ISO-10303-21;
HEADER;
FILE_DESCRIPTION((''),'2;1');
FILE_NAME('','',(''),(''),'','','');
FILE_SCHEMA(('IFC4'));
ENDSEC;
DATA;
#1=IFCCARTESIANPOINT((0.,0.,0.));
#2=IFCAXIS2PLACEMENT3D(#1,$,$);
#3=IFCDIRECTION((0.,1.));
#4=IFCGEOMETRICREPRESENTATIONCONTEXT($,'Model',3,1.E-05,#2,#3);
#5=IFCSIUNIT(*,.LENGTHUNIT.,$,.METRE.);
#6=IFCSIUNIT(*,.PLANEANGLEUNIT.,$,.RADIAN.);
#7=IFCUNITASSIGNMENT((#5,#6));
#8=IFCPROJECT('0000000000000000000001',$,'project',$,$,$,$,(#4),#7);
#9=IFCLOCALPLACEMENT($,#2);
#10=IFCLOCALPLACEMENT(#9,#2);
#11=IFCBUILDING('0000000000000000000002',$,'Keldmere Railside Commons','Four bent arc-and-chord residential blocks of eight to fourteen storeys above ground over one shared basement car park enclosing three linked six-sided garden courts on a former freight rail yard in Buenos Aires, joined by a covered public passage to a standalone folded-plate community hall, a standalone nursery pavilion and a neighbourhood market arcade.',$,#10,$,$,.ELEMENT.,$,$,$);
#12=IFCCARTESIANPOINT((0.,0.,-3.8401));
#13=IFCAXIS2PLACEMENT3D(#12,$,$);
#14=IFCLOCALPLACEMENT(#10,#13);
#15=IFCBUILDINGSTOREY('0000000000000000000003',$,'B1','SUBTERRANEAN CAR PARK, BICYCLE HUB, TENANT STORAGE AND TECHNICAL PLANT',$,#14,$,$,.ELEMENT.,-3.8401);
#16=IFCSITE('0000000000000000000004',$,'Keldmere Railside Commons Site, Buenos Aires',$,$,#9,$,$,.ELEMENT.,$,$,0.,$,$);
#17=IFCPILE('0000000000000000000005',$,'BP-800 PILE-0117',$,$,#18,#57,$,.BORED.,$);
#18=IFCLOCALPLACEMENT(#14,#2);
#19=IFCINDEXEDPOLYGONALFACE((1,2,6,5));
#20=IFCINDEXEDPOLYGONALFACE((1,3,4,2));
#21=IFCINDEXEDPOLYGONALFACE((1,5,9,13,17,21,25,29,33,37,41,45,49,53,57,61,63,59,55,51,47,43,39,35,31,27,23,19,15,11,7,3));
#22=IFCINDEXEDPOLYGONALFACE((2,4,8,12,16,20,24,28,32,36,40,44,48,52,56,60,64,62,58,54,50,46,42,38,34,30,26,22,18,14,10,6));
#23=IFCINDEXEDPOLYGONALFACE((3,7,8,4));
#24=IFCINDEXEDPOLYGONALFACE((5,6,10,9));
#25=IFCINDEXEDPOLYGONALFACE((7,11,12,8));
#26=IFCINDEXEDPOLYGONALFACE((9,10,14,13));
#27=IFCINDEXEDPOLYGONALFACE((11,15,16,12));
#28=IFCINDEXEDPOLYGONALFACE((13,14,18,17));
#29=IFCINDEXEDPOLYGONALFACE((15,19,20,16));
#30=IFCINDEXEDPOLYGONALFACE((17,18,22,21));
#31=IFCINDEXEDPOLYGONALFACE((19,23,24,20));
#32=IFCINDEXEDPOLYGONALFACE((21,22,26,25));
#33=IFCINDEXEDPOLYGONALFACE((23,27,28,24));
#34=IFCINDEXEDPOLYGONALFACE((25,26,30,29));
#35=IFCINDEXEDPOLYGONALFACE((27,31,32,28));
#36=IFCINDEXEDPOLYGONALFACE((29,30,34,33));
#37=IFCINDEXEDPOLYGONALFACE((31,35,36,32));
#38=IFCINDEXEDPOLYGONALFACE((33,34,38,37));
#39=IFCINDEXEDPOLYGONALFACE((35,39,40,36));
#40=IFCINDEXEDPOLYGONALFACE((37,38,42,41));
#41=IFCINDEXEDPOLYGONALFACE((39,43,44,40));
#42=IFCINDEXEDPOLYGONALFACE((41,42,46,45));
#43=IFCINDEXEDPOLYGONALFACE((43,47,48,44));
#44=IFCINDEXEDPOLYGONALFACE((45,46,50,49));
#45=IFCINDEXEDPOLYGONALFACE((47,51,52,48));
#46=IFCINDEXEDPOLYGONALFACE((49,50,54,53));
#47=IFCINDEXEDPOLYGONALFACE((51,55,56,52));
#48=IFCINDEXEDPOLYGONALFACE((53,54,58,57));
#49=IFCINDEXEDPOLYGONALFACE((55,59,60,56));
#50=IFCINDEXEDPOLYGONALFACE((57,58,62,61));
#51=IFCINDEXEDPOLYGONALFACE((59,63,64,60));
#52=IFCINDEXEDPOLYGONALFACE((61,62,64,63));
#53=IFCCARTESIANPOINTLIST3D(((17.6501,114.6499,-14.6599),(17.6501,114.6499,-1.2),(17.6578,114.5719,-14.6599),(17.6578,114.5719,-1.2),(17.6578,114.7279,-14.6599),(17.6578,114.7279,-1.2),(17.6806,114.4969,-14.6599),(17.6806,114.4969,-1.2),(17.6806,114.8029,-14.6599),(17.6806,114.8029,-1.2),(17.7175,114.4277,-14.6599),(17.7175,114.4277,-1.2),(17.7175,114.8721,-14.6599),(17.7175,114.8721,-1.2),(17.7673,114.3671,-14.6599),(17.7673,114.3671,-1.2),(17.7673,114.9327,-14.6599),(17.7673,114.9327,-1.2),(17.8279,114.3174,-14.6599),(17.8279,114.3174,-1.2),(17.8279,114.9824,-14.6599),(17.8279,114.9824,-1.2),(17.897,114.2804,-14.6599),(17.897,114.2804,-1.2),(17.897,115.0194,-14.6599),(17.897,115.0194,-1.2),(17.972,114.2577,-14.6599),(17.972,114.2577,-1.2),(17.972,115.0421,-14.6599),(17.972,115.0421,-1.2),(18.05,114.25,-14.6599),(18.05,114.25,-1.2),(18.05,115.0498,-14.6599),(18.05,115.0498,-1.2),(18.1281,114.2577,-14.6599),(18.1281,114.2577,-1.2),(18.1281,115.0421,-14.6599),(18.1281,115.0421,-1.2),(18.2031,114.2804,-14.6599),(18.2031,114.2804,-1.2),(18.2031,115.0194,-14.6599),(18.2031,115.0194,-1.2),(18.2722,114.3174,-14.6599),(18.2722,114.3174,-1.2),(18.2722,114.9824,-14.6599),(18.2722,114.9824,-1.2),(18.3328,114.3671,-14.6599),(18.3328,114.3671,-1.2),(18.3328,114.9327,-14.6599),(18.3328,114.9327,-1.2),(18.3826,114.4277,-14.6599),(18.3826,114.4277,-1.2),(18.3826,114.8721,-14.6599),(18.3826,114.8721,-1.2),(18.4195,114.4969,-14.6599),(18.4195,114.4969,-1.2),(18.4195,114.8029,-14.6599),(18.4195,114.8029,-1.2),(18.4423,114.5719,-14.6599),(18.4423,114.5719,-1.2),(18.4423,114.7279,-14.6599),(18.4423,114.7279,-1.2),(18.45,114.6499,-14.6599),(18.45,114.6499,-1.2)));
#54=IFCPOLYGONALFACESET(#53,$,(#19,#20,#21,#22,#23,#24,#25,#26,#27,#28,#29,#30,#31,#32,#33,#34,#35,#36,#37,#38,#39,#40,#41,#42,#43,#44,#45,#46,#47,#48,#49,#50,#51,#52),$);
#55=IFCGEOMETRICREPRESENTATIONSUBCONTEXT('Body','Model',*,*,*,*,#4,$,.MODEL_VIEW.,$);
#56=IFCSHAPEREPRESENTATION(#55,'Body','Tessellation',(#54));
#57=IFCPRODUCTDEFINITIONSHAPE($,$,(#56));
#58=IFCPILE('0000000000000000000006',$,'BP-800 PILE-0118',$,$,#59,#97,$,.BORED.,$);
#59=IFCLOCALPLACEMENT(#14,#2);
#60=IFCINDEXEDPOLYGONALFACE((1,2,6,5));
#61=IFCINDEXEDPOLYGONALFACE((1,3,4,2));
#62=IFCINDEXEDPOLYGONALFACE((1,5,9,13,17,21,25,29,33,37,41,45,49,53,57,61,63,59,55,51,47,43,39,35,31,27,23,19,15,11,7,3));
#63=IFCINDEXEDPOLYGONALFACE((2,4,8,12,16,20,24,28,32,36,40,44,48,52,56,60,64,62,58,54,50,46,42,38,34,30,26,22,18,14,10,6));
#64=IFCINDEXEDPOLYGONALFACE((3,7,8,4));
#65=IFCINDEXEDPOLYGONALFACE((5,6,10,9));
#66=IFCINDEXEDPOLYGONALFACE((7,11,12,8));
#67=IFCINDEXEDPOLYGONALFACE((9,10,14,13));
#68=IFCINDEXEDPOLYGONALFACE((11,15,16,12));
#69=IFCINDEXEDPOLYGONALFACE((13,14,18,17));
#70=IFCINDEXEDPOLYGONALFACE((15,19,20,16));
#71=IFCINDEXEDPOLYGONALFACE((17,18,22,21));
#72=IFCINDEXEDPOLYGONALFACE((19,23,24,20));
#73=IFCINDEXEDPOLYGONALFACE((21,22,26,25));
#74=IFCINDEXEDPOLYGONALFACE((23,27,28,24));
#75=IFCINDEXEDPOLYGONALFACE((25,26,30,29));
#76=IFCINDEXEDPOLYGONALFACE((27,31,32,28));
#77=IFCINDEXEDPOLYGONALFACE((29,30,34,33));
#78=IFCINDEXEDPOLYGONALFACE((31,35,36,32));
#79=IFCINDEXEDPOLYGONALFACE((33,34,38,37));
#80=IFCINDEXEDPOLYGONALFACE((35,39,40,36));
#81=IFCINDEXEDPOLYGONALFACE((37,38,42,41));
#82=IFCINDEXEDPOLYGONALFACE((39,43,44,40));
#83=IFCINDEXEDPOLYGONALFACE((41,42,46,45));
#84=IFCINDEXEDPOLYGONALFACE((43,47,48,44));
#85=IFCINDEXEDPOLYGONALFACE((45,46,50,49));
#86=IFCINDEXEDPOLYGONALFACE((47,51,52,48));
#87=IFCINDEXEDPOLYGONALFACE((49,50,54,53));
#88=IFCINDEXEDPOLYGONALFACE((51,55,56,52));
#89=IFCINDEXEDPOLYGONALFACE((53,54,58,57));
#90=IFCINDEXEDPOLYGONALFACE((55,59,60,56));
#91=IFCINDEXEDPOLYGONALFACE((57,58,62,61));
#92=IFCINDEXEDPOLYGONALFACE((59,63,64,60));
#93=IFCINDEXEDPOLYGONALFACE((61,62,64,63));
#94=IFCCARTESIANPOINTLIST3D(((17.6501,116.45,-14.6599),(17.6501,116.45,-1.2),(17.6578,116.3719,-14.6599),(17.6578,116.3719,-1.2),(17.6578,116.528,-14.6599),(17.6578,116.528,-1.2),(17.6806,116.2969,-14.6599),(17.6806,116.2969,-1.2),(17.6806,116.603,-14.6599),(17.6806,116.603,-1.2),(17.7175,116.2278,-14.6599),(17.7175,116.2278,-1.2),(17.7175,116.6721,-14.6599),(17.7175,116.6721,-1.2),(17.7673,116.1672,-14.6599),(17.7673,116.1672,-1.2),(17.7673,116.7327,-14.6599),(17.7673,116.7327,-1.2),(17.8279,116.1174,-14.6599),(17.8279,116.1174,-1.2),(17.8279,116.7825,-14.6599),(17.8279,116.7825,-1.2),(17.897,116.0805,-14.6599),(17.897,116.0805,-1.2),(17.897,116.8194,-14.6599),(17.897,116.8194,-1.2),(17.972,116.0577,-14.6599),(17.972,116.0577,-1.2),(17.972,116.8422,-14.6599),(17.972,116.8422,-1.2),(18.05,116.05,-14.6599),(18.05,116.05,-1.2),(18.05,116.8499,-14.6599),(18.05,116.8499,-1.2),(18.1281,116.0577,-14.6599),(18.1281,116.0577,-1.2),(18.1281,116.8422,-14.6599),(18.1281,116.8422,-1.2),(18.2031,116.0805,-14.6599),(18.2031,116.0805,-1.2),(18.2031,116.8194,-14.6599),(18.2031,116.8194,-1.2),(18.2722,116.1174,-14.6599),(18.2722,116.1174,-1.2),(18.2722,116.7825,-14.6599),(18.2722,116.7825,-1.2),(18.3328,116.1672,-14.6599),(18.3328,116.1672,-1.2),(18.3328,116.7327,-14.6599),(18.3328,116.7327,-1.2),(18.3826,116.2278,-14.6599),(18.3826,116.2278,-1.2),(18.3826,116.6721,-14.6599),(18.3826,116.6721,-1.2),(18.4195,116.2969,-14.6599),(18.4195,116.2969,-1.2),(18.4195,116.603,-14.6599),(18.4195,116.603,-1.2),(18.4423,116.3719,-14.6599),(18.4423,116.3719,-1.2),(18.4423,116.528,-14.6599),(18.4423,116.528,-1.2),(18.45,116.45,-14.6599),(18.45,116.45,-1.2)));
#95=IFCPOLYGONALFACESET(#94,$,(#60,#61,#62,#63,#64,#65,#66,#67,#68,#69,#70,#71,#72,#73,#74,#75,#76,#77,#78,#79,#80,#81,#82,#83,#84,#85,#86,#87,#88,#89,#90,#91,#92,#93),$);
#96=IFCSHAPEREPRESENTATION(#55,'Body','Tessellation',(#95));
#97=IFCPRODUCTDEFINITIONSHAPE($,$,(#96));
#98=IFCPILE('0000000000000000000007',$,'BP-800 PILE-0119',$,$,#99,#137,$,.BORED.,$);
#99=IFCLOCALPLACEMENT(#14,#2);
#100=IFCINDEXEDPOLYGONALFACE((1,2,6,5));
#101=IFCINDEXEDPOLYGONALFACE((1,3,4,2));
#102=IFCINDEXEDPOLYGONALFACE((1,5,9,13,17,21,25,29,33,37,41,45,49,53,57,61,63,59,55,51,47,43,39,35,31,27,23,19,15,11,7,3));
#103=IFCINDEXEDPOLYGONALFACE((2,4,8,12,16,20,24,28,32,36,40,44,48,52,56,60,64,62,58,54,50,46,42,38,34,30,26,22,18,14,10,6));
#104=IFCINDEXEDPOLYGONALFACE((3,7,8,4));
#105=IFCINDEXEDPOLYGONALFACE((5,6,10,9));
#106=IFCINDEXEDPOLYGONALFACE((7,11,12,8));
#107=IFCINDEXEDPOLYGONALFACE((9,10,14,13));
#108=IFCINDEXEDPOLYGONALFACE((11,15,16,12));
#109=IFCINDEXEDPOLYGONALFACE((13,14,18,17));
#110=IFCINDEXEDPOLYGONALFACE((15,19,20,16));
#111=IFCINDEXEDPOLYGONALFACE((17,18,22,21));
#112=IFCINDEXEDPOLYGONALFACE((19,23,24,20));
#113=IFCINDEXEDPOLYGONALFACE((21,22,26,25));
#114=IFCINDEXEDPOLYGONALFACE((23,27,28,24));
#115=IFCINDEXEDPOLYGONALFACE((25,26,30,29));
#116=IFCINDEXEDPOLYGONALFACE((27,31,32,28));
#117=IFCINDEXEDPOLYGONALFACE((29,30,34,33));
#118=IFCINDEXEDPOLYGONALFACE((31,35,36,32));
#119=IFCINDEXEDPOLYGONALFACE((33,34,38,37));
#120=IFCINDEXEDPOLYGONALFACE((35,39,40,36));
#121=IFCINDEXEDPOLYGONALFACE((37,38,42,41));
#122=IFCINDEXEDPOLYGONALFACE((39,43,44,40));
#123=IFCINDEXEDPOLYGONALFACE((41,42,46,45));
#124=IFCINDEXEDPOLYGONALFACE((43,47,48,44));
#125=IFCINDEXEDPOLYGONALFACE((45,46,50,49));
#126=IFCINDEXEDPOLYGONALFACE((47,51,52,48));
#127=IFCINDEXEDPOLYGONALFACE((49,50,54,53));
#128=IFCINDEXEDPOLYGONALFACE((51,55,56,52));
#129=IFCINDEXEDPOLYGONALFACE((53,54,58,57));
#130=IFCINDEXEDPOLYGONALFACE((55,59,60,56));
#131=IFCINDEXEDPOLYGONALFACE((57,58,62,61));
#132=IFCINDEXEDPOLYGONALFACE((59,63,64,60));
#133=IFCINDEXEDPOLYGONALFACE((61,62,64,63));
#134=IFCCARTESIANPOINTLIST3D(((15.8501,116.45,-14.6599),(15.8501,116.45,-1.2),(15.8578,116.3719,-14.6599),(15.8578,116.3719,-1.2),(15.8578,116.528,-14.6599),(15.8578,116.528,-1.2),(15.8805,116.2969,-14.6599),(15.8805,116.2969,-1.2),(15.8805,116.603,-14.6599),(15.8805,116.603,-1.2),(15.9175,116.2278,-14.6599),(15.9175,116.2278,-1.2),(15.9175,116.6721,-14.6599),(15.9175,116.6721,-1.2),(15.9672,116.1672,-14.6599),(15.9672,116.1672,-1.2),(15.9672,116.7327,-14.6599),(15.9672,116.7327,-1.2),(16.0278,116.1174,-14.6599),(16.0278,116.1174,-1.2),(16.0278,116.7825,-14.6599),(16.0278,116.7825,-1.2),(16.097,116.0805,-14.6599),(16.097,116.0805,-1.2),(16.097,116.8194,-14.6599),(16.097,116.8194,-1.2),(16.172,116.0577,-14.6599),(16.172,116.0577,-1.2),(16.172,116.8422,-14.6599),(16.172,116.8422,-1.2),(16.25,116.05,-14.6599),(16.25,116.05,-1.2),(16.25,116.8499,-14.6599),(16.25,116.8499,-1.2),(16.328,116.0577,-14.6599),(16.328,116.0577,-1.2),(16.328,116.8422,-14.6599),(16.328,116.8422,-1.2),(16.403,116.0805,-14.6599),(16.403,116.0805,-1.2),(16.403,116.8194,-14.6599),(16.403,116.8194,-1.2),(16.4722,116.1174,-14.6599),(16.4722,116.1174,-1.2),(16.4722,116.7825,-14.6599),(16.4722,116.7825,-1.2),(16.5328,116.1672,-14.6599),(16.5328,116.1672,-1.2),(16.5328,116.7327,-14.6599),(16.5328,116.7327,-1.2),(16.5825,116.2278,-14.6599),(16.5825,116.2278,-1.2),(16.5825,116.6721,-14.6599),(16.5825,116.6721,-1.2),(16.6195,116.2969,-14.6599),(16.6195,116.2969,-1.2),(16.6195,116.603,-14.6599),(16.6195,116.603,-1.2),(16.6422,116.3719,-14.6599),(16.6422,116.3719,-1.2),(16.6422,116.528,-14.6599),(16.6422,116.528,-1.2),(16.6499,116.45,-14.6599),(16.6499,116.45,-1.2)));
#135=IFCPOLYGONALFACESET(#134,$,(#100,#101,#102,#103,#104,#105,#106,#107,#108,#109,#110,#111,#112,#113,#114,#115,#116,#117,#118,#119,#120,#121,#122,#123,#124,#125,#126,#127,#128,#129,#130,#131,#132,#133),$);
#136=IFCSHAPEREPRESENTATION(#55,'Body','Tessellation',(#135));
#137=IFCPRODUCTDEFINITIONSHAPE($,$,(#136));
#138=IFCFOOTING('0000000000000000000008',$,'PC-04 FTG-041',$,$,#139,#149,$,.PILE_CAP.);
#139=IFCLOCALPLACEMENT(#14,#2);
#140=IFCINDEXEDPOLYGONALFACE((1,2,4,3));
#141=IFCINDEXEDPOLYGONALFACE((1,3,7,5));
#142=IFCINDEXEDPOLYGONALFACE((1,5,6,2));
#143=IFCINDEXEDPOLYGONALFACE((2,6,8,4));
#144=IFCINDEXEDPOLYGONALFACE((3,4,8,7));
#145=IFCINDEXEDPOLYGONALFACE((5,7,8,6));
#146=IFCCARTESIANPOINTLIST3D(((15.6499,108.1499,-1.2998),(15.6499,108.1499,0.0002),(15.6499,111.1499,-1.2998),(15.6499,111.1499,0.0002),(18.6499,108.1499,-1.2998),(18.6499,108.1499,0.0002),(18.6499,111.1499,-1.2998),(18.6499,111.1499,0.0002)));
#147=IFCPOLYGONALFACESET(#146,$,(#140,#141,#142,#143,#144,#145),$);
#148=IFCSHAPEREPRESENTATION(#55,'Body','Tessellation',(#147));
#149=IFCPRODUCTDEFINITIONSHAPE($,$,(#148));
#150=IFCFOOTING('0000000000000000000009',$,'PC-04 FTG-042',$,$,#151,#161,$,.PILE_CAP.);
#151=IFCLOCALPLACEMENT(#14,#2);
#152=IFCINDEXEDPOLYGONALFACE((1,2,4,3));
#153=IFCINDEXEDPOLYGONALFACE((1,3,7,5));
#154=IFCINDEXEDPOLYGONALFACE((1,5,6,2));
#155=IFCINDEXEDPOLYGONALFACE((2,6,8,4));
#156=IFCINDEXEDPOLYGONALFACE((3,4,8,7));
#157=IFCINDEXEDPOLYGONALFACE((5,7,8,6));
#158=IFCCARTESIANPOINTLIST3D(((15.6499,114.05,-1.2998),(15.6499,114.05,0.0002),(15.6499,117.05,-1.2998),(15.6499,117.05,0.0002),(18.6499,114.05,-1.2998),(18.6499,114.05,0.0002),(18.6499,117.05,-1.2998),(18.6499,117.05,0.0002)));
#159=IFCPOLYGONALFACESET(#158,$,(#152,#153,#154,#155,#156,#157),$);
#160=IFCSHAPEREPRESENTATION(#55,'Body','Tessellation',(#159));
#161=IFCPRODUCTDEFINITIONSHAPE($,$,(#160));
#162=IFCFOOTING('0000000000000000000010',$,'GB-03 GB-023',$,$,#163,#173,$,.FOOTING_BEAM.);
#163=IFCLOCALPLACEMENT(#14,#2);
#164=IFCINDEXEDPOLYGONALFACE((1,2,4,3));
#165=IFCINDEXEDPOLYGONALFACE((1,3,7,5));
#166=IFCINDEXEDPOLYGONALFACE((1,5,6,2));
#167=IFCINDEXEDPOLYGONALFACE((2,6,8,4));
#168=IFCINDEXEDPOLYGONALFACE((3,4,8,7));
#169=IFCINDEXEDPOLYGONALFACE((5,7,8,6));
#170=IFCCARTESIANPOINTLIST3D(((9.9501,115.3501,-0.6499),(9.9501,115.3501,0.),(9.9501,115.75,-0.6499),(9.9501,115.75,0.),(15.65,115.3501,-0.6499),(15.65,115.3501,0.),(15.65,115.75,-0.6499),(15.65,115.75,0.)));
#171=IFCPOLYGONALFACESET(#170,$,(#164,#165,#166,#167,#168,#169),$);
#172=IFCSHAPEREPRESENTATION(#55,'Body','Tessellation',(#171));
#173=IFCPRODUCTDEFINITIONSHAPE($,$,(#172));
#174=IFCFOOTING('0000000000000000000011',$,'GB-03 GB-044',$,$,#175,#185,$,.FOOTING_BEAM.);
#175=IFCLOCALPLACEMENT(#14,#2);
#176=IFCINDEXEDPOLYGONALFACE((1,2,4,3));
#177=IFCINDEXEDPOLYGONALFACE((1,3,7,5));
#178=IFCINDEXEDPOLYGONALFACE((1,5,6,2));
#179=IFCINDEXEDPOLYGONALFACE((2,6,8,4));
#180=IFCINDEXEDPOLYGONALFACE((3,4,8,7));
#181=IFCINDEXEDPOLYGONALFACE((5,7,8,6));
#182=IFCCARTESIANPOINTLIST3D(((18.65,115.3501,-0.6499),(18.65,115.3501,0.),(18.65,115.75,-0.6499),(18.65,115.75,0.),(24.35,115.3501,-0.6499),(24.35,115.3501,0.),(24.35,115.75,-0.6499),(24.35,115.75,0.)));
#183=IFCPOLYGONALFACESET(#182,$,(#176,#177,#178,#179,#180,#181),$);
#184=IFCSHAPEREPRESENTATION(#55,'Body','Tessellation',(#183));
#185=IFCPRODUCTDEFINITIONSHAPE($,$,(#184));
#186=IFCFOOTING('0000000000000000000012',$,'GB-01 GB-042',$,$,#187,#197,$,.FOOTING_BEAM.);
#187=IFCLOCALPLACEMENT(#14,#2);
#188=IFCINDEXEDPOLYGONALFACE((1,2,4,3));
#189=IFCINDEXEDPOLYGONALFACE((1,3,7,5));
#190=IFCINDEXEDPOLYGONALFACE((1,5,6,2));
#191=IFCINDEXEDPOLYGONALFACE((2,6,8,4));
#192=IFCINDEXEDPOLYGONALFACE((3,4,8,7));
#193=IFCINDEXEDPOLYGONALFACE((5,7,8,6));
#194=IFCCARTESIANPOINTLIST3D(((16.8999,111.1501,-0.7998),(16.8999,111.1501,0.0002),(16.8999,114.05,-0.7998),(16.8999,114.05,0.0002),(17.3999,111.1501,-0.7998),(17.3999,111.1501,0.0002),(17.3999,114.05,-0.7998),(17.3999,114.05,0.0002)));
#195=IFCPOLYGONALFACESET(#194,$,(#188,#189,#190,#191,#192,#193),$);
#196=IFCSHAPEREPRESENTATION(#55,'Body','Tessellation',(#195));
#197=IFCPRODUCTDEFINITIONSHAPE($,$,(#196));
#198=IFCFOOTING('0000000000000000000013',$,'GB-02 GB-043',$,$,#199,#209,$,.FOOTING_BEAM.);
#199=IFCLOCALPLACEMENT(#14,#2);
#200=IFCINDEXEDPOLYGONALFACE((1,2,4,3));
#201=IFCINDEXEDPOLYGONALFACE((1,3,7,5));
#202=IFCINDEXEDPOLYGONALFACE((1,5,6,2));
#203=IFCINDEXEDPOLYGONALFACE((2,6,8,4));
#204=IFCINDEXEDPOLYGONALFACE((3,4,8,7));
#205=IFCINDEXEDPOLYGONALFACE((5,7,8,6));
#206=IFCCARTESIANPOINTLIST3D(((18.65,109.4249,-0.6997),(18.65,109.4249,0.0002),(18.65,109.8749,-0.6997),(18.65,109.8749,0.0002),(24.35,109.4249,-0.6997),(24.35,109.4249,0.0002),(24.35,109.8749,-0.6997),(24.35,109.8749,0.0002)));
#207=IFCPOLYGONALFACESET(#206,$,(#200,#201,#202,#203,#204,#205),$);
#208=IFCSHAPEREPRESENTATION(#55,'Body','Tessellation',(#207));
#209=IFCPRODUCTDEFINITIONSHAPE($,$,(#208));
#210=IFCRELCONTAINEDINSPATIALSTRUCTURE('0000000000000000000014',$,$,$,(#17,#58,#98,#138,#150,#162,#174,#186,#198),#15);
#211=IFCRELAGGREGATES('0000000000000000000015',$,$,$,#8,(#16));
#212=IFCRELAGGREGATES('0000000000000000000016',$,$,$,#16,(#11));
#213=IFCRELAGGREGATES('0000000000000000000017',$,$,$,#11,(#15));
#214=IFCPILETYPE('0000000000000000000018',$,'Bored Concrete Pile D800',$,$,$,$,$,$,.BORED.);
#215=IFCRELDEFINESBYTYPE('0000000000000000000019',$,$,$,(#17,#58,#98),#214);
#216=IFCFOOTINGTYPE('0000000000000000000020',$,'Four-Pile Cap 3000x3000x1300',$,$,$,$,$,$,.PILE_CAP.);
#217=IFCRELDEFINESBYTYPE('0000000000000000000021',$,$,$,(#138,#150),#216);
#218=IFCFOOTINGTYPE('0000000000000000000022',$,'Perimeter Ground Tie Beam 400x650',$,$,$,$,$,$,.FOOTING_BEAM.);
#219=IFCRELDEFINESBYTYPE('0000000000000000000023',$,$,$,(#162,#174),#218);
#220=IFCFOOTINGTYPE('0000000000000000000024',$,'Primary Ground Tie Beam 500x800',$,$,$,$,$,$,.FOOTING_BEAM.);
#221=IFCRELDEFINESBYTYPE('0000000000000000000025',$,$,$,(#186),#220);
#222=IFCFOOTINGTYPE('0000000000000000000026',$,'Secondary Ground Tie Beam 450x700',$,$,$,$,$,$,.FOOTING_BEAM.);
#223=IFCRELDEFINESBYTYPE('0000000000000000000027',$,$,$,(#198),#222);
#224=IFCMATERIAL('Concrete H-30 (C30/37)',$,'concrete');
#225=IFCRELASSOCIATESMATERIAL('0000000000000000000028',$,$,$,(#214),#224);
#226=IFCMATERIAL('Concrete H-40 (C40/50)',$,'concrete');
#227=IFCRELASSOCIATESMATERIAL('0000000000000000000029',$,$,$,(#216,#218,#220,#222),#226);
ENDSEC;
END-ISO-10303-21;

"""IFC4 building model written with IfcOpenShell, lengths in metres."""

from ifc_helpers import new_model, si_unit, direction, frame, origin, origin_2d, place, context, subcontext, project, spatial, rectangle, circle, extrude, material, material_profile, profile_set, type_object, element, save


model = new_model("IFC4")

# Units and contexts
model_context = context("Model", 3, precision=1e-05, world=origin(), true_north=direction((0.0, 1.0)))
body_context = subcontext(model_context, "Body", "Model", "MODEL_VIEW")
ifc_project = project(units=[si_unit("LENGTHUNIT", "METRE"), si_unit("PLANEANGLEUNIT", "RADIAN")], contexts=[model_context])

# Site, building, storey
site_placement = place(None, origin())
site = spatial("IfcSite", under=ifc_project, at=site_placement, Name="Keldmere Railside Commons Site, Buenos Aires", CompositionType="ELEMENT", RefElevation=0.0)
building_placement = place(site_placement, origin())
building = spatial("IfcBuilding", under=site, at=building_placement, Name="Keldmere Railside Commons", Description="Four bent arc-and-chord residential blocks of eight to fourteen storeys above ground over one shared basement car park enclosing three linked six-sided garden courts on a former freight rail yard in Buenos Aires, joined by a covered public passage to a standalone folded-plate community hall, a standalone nursery pavilion and a neighbourhood market arcade.", CompositionType="ELEMENT")
storey_placement = place(building_placement, frame((0.0, 0.0, -3.8401)))
storey = spatial("IfcBuildingStorey", under=building, at=storey_placement, Name="B1", Description="SUBTERRANEAN CAR PARK, BICYCLE HUB, TENANT STORAGE AND TECHNICAL PLANT", CompositionType="ELEMENT", Elevation=-3.8401)

# Piles
ifc_material_1 = material(Name="Concrete H-30 (C30/37)", Category="concrete")
ifc_material_profile_1 = material_profile(ifc_material_1, circle(Radius=0.3999, at=origin_2d()), Name="PILE-D800")
ifc_profile_set_1 = profile_set([ifc_material_profile_1], Name="Concrete H-30 (C30/37)")
pile_type = type_object("IfcPileType", Name="Bored Concrete Pile D800", PredefinedType="BORED", material=ifc_profile_set_1)
for number, where, z_axis, x_axis, name in (
    (1, (18.05, 114.6499, -1.2), (0.0, 0.0, -1.0), (1.0, 0.0, 0.0), "BP-800 PILE-0117"),
    (2, (18.05, 116.45, -1.2), (0.0, 0.0, -1.0), (1.0, 0.0, 0.0), "BP-800 PILE-0118"),
    (3, (16.25, 116.45, -1.2), (0.0, 0.0, -1.0), (1.0, 0.0, 0.0), "BP-800 PILE-0119"),
):
    element("IfcPile", number, at=place(storey_placement, frame(where, z_axis=z_axis, x_axis=x_axis)), inside=storey, type_object=pile_type, Name=name, PredefinedType="BORED", context=body_context, shape_type="SweptSolid", body=[
        extrude(circle(Radius=0.3999, at=origin_2d()), origin(), (0.0, 0.0, 1.0), 13.46),
    ])

# Footings
ifc_material_2 = material(Name="Concrete H-40 (C40/50)", Category="concrete")
footing_type_1 = type_object("IfcFootingType", Name="Four-Pile Cap 3000x3000x1300", PredefinedType="PILE_CAP", material=ifc_material_2)
for number, where, z_axis, x_axis, name in (
    (4, (17.1499, 109.6499, -1.2998), (0.0, 0.0, 1.0), (1.0, 0.0, 0.0), "PC-04 FTG-041"),
    (5, (17.1499, 115.55, -1.2998), (0.0, 0.0, 1.0), (1.0, 0.0, 0.0), "PC-04 FTG-042"),
):
    element("IfcFooting", number, at=place(storey_placement, frame(where, z_axis=z_axis, x_axis=x_axis)), inside=storey, type_object=footing_type_1, Name=name, PredefinedType="PILE_CAP", context=body_context, shape_type="SweptSolid", body=[
        extrude(rectangle(XDim=3.0, YDim=3.0, at=origin_2d()), origin(), (0.0, 0.0, 1.0), 1.3),
    ])
footing_type_2 = type_object("IfcFootingType", Name="Perimeter Ground Tie Beam 400x650", PredefinedType="FOOTING_BEAM", material=ifc_material_2)
for number, where, z_axis, x_axis, name in (
    (6, (12.8, 115.55, -0.6499), (0.0, 0.0, 1.0), (1.0, 0.0, 0.0), "GB-03 GB-023"),
    (7, (21.5, 115.55, -0.6499), (0.0, 0.0, 1.0), (1.0, 0.0, 0.0), "GB-03 GB-044"),
):
    element("IfcFooting", number, at=place(storey_placement, frame(where, z_axis=z_axis, x_axis=x_axis)), inside=storey, type_object=footing_type_2, Name=name, PredefinedType="FOOTING_BEAM", context=body_context, shape_type="SweptSolid", body=[
        extrude(rectangle(XDim=5.7, YDim=0.3999, at=origin_2d()), origin(), (0.0, 0.0, 1.0), 0.6499),
    ])
footing_type_3 = type_object("IfcFootingType", Name="Primary Ground Tie Beam 500x800", PredefinedType="FOOTING_BEAM", material=ifc_material_2)
footing_1_placement = place(storey_placement, frame((17.1499, 112.6001, -0.7998), z_axis=(0.0, 0.0, 1.0), x_axis=(0.0, 1.0, 0.0)))
element("IfcFooting", 8, at=footing_1_placement, inside=storey, type_object=footing_type_3, Name="GB-01 GB-042", PredefinedType="FOOTING_BEAM", context=body_context, shape_type="SweptSolid", body=[
    extrude(rectangle(XDim=2.8999, YDim=0.5, at=origin_2d()), origin(), (0.0, 0.0, 1.0), 0.8),
])
footing_type_4 = type_object("IfcFootingType", Name="Secondary Ground Tie Beam 450x700", PredefinedType="FOOTING_BEAM", material=ifc_material_2)
footing_2_placement = place(storey_placement, frame((21.5, 109.6499, -0.6997), z_axis=(0.0, 0.0, 1.0), x_axis=(1.0, 0.0, 0.0)))
element("IfcFooting", 9, at=footing_2_placement, inside=storey, type_object=footing_type_4, Name="GB-02 GB-043", PredefinedType="FOOTING_BEAM", context=body_context, shape_type="SweptSolid", body=[
    extrude(rectangle(XDim=5.7, YDim=0.45, at=origin_2d()), origin(), (0.0, 0.0, 1.0), 0.7),
])

save(model, "model.ifc")
